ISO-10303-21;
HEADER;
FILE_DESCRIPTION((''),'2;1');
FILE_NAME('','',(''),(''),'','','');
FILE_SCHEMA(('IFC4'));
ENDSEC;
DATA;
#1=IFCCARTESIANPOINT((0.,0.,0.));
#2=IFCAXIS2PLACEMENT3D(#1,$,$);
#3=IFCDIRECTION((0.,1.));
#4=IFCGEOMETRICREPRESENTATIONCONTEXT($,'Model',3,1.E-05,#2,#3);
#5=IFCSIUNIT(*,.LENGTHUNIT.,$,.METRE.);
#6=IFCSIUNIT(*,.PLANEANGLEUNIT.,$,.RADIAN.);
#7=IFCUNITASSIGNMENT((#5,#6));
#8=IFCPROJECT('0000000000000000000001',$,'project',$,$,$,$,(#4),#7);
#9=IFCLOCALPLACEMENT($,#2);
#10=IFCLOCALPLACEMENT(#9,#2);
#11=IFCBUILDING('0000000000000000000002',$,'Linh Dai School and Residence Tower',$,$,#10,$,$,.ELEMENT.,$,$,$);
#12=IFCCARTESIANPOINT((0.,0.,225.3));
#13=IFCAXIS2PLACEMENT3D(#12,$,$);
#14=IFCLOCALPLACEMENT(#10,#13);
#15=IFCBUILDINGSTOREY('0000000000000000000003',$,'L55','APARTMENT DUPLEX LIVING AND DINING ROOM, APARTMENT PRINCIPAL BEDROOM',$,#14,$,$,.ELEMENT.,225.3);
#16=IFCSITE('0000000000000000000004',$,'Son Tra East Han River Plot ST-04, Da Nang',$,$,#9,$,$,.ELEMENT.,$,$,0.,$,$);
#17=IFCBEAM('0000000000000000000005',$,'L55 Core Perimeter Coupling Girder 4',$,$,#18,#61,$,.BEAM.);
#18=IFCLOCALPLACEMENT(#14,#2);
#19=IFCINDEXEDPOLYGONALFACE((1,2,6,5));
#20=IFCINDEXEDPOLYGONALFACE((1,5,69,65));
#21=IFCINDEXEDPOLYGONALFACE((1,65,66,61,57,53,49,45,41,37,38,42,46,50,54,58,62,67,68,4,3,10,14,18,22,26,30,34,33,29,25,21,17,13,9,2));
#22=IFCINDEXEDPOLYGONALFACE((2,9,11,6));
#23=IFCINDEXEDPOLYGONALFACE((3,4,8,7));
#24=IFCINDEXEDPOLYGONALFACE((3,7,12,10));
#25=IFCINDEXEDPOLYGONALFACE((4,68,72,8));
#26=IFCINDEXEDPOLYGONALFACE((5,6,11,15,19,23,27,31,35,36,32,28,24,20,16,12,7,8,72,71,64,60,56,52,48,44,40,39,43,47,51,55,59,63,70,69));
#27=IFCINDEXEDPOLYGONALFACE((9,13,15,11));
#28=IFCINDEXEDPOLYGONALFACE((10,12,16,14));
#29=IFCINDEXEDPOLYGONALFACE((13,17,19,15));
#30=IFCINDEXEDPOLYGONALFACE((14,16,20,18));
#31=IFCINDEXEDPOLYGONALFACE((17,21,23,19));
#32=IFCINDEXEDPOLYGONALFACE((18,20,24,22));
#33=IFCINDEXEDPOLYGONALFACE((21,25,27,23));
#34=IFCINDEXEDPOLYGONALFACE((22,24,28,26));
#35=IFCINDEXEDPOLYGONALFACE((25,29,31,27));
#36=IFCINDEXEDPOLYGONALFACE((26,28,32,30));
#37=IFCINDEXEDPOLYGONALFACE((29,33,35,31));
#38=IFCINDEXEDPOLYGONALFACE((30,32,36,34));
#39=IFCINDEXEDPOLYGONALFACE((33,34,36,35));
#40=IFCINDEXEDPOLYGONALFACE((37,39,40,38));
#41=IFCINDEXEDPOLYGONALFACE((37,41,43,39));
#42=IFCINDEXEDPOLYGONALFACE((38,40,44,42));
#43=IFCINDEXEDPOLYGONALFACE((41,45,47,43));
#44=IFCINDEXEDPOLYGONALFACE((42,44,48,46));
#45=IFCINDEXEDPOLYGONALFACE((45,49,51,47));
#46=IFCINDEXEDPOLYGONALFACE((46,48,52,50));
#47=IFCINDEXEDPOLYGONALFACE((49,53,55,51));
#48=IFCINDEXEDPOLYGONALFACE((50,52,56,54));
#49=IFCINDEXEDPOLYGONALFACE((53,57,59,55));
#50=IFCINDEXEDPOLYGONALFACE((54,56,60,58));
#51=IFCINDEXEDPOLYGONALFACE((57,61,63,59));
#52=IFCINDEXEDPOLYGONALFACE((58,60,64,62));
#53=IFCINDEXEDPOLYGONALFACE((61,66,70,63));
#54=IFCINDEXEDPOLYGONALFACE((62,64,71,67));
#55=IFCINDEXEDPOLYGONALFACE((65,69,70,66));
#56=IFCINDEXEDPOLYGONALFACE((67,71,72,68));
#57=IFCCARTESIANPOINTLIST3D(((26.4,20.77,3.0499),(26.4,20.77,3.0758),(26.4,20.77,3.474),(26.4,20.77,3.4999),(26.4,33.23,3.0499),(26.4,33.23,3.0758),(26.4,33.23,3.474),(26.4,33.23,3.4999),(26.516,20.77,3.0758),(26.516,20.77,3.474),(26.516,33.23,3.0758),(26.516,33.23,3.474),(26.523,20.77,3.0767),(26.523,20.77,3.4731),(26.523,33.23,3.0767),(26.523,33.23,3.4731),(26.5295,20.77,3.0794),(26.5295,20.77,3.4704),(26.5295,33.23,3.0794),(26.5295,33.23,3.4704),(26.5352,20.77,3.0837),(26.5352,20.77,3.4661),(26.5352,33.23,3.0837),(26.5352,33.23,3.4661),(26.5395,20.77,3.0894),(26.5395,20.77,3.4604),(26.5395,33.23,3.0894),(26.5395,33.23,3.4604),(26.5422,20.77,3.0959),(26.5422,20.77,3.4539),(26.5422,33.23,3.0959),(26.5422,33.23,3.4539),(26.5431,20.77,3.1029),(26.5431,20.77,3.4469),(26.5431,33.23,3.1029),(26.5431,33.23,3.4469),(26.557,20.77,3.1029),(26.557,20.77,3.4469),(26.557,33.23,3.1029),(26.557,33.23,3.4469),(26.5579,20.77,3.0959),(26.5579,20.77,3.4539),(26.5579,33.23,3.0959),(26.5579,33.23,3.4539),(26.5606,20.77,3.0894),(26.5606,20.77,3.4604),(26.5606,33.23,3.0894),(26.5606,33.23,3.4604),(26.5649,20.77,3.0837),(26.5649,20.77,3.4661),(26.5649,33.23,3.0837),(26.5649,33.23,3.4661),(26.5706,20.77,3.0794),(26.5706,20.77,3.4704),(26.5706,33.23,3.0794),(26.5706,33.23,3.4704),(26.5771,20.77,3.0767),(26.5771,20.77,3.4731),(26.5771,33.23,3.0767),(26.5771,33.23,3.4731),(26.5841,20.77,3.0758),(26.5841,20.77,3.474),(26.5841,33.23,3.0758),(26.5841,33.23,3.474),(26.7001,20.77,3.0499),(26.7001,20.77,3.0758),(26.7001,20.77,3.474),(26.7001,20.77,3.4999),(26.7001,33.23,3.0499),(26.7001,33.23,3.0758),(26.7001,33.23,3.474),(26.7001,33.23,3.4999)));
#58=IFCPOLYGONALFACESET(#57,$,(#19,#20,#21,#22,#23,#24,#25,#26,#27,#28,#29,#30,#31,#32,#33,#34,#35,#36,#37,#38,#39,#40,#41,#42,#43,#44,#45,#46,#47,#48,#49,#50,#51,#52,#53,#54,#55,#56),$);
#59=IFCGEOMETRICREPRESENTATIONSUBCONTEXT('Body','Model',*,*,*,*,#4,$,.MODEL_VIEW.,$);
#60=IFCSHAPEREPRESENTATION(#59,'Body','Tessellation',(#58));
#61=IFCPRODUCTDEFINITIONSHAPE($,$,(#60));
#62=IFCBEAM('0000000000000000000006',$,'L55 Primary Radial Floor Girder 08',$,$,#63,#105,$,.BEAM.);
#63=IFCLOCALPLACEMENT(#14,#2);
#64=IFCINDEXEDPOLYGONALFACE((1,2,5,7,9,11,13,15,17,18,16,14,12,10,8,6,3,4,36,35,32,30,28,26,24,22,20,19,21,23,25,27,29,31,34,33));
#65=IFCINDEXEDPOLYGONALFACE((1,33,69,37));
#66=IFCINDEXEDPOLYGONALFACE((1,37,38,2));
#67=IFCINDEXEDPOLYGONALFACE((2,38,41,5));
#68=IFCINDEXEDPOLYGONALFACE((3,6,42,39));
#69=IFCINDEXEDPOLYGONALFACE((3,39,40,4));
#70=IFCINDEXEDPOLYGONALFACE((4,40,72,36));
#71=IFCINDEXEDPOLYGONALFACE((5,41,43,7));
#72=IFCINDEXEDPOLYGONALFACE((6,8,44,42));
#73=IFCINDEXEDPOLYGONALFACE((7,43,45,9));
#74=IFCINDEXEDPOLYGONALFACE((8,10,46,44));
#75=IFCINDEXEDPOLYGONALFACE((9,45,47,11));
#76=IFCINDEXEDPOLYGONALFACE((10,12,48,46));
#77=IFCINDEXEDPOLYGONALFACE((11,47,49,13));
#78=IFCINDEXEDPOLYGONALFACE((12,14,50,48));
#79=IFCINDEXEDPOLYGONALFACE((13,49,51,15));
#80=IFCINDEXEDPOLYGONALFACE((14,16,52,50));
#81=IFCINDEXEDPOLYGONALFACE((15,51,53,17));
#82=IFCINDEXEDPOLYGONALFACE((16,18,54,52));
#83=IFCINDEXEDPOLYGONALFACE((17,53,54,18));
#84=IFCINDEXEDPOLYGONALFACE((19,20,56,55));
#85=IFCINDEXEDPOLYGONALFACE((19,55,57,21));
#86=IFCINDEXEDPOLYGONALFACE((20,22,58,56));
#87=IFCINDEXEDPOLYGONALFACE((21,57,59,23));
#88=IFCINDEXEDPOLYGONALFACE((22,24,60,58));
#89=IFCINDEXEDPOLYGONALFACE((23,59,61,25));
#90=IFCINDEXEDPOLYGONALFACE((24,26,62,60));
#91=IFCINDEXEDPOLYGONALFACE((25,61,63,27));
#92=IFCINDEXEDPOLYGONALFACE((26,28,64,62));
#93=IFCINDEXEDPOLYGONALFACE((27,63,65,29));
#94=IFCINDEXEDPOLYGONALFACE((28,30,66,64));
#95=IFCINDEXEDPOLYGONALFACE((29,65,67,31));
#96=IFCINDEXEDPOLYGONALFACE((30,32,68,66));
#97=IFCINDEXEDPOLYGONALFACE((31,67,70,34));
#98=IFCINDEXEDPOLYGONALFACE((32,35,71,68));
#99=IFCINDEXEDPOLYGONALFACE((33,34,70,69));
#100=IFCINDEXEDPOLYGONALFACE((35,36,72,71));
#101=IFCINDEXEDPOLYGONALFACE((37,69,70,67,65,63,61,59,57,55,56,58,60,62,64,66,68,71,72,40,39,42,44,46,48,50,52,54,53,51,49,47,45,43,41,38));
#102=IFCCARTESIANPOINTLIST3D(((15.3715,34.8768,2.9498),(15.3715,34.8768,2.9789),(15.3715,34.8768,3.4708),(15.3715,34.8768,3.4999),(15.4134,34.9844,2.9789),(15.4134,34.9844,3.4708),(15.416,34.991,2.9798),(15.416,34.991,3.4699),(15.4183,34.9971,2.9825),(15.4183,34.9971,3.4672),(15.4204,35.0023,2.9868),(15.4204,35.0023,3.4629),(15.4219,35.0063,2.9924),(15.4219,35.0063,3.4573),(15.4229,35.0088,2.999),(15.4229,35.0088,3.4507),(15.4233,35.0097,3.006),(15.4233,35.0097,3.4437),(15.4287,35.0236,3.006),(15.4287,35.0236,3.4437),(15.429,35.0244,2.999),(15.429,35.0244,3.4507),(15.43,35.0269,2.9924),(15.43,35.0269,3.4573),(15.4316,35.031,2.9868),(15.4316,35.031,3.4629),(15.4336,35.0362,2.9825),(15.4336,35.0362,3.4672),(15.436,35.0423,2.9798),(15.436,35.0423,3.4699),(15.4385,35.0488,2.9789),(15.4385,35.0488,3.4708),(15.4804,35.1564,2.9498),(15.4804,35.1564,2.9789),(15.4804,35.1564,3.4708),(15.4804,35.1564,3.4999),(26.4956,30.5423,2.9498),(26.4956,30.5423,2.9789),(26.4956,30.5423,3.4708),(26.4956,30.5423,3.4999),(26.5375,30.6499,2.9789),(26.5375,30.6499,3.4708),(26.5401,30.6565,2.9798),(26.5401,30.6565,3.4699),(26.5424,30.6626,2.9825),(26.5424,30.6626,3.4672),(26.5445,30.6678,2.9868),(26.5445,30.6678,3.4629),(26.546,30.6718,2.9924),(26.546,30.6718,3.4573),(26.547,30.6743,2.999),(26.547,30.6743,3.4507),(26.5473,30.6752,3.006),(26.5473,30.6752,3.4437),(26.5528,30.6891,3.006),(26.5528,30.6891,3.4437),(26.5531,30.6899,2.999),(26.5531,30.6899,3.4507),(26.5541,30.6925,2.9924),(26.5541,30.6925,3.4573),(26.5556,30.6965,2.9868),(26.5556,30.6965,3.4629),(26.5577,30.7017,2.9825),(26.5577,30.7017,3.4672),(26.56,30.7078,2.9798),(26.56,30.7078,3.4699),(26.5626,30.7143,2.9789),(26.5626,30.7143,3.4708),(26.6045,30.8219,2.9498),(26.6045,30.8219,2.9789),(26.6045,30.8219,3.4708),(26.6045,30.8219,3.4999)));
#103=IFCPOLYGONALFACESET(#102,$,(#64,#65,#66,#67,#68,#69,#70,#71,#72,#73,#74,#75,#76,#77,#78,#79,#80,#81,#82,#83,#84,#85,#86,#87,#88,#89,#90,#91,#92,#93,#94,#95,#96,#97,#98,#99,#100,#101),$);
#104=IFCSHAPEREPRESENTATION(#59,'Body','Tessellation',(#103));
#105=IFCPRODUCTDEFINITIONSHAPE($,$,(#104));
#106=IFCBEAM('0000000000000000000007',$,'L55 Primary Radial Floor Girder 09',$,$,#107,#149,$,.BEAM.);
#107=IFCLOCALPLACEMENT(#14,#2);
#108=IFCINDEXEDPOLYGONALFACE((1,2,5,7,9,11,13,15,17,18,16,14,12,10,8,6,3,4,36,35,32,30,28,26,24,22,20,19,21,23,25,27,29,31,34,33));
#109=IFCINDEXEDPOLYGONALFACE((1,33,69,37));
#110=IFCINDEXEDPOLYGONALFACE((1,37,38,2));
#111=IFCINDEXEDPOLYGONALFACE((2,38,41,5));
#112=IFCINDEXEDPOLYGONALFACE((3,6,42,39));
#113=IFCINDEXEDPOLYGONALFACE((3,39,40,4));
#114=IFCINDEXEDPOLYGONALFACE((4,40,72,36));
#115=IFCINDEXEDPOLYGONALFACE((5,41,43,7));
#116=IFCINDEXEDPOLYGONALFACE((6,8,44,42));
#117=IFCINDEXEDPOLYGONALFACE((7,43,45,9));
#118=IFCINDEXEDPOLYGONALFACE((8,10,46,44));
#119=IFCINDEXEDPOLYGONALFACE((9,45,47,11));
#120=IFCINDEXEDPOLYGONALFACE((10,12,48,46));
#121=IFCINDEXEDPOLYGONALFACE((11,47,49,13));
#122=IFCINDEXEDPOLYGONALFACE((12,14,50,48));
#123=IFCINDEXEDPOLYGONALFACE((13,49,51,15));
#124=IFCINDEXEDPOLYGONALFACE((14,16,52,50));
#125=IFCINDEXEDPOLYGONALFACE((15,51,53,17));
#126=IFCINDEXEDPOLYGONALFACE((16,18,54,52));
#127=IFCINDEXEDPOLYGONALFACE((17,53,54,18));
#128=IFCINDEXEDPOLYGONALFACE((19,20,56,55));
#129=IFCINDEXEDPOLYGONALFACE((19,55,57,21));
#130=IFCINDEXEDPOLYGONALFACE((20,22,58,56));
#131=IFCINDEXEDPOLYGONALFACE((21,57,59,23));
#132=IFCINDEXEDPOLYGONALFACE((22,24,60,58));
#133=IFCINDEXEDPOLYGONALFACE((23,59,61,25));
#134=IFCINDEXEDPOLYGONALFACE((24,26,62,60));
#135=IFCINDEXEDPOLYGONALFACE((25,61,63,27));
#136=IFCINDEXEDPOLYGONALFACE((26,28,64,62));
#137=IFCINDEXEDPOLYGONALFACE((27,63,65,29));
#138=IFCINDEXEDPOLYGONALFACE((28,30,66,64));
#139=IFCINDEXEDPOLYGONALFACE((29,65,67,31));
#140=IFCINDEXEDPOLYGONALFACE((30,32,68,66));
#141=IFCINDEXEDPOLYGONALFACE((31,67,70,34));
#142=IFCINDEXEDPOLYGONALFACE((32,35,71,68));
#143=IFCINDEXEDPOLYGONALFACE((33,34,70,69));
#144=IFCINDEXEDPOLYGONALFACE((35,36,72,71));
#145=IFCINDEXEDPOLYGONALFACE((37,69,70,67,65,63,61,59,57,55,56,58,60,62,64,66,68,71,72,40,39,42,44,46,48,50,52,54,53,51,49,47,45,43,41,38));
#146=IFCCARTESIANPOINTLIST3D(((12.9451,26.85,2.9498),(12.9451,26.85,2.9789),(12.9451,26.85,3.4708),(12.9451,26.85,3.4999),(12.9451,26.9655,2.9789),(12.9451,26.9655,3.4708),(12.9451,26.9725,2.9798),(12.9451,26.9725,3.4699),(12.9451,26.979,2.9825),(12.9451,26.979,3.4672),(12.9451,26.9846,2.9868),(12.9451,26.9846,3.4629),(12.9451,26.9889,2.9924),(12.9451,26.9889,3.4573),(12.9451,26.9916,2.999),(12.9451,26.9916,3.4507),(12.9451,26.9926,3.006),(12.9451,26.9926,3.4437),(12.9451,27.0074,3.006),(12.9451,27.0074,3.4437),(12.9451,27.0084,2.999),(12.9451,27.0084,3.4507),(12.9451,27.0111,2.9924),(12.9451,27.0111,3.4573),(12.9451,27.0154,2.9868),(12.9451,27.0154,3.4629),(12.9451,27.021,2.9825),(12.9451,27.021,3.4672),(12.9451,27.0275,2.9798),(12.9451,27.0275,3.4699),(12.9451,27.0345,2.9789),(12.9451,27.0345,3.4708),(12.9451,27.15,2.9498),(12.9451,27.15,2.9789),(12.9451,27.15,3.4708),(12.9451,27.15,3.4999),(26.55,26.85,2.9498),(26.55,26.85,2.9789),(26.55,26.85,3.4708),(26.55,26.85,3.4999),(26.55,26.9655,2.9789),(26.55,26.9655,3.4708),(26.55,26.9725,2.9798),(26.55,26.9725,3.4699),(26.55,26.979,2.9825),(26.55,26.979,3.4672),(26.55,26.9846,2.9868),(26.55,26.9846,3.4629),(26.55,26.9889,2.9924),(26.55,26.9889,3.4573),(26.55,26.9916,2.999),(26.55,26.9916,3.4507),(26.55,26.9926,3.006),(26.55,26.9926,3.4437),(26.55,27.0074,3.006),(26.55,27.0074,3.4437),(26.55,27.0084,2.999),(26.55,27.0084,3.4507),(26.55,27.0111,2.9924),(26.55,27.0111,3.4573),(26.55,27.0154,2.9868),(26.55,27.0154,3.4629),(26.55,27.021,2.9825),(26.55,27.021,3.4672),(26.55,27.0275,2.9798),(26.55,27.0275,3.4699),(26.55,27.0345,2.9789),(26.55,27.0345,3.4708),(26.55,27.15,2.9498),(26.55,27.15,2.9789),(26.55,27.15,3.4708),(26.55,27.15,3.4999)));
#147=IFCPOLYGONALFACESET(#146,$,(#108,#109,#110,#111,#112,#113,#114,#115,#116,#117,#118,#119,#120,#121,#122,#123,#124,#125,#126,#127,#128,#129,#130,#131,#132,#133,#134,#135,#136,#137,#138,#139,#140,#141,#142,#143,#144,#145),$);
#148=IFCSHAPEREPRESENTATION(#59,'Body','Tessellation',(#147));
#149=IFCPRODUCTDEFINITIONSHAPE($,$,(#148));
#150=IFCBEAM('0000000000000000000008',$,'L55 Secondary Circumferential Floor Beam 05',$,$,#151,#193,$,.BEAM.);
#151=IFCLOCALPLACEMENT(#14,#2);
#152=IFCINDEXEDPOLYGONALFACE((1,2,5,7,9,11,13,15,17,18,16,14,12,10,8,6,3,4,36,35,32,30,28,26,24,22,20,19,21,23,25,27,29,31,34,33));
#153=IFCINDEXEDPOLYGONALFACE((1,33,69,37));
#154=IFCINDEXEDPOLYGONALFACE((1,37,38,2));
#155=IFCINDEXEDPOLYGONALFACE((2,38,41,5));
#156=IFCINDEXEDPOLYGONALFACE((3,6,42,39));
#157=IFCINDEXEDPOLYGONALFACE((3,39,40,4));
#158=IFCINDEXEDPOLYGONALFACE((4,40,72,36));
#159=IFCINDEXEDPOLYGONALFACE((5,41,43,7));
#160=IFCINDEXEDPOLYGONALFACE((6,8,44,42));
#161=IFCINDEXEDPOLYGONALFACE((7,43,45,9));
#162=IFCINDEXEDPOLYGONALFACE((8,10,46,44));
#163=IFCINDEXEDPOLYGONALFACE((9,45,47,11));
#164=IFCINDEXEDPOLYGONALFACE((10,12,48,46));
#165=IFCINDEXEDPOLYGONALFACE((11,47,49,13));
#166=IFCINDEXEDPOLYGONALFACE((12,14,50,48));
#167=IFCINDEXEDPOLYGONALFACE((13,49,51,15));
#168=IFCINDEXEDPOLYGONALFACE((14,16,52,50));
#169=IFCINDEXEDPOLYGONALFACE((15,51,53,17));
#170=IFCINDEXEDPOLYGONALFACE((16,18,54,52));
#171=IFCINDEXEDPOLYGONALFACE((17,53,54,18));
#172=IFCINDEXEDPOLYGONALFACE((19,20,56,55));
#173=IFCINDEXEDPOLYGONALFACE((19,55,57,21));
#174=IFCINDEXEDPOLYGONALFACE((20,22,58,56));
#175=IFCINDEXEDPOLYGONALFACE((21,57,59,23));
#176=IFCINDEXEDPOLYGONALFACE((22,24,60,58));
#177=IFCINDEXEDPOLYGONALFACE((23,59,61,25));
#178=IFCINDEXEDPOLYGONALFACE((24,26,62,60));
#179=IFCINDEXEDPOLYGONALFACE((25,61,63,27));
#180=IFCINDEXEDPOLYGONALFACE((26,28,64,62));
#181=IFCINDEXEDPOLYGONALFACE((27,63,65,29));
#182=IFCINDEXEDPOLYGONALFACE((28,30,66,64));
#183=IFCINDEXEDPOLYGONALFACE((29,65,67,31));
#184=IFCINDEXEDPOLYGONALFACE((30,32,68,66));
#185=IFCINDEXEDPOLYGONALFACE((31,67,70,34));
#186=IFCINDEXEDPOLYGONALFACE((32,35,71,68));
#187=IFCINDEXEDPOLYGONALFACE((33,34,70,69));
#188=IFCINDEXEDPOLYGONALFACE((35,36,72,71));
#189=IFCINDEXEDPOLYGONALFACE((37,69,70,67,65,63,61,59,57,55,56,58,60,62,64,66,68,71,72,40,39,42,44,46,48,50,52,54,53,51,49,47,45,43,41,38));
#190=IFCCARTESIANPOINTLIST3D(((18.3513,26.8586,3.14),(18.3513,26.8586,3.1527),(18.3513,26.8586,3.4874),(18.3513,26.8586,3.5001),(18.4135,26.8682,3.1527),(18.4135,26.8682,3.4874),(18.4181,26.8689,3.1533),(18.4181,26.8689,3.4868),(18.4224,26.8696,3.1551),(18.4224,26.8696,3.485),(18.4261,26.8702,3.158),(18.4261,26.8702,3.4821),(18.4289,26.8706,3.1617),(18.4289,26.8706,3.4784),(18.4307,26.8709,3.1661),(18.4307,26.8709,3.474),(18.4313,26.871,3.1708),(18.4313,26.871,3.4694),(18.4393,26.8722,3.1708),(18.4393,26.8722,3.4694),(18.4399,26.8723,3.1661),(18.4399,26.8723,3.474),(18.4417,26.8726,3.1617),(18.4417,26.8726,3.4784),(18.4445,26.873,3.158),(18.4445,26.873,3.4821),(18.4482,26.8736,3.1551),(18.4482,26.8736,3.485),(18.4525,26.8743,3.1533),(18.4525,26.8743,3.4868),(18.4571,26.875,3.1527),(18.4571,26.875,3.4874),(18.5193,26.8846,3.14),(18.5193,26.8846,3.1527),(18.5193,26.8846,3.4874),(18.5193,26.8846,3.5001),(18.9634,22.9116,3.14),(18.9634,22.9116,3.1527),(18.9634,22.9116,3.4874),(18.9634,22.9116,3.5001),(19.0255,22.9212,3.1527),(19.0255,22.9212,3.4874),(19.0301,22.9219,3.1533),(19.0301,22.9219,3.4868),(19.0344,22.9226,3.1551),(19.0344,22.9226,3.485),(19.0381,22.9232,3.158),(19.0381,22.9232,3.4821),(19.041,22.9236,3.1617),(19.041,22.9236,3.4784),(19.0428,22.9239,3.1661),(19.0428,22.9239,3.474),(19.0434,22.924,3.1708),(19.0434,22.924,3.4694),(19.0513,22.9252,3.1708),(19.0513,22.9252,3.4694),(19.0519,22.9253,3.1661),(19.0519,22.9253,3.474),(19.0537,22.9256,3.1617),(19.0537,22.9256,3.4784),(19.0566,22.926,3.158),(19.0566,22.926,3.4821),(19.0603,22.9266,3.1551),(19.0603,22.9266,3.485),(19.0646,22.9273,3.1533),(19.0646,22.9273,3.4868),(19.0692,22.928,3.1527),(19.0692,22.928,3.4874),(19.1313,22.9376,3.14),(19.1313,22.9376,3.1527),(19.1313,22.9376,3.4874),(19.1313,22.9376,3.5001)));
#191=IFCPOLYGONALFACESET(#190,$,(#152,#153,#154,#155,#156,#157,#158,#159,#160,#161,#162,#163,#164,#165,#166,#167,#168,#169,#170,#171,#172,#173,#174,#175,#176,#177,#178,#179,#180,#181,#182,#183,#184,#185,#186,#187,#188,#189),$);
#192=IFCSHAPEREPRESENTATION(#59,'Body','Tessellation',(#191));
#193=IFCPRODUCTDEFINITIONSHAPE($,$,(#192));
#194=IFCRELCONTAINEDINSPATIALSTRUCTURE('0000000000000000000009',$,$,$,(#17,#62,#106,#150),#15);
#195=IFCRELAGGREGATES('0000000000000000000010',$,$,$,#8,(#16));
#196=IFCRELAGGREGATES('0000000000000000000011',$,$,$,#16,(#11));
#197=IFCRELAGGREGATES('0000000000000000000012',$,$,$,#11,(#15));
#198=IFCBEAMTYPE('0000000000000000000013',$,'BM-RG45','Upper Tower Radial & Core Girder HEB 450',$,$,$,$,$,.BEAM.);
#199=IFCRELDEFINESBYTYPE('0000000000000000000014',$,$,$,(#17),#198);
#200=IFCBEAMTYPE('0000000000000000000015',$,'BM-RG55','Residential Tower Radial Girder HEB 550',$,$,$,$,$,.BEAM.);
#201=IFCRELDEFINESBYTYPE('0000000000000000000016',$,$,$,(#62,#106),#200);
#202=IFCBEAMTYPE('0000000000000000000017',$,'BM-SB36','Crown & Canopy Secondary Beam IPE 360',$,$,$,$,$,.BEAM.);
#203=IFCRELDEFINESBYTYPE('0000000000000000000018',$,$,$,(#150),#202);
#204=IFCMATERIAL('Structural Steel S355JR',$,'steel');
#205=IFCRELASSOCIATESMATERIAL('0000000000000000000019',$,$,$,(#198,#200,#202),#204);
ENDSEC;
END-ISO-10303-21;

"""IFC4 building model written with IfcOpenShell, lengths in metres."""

from ifc_helpers import new_model, si_unit, direction, frame, origin, origin_2d, place, context, subcontext, project, spatial, i_section, extrude, material, material_profile, profile_set, type_object, element, save


model = new_model("IFC4")

# Units and contexts
model_context = context("Model", 3, precision=1e-05, world=origin(), true_north=direction((0.0, 1.0)))
body_context = subcontext(model_context, "Body", "Model", "MODEL_VIEW")
ifc_project = project(units=[si_unit("LENGTHUNIT", "METRE"), si_unit("PLANEANGLEUNIT", "RADIAN")], contexts=[model_context])

# Site, building, storey
site_placement = place(None, origin())
site = spatial("IfcSite", under=ifc_project, at=site_placement, Name="Son Tra East Han River Plot ST-04, Da Nang", CompositionType="ELEMENT", RefElevation=0.0)
building_placement = place(site_placement, origin())
building = spatial("IfcBuilding", under=site, at=building_placement, Name="Linh Dai School and Residence Tower", CompositionType="ELEMENT")
storey_placement = place(building_placement, frame((0.0, 0.0, 225.3)))
storey = spatial("IfcBuildingStorey", under=building, at=storey_placement, Name="L55", Description="APARTMENT DUPLEX LIVING AND DINING ROOM, APARTMENT PRINCIPAL BEDROOM", CompositionType="ELEMENT", Elevation=225.3)

# Shared definitions
ifc_material_1 = material(Name="Structural Steel S355JR", Category="steel")

# Beams
ifc_material_profile_1 = material_profile(ifc_material_1, i_section(OverallWidth=0.3, OverallDepth=0.45, WebThickness=0.0139, FlangeThickness=0.0259, FilletRadius=0.0271, at=origin_2d()), Name="HEB 450")
ifc_profile_set_1 = profile_set([ifc_material_profile_1], Name="Structural Steel S355JR")
beam_type_1 = type_object("IfcBeamType", Name="BM-RG45", Description="Upper Tower Radial & Core Girder HEB 450", PredefinedType="BEAM", material=ifc_profile_set_1)
beam_1_placement = place(storey_placement, frame((26.55, 33.23, 3.2749), z_axis=(0.0, -1.0, 0.0), x_axis=(1.0, 0.0, 0.0)))
element("IfcBeam", 1, at=beam_1_placement, inside=storey, type_object=beam_type_1, Name="L55 Core Perimeter Coupling Girder 4", PredefinedType="BEAM", context=body_context, shape_type="SweptSolid", body=[
    extrude(i_section(OverallWidth=0.3, OverallDepth=0.45, WebThickness=0.0139, FlangeThickness=0.0259, FilletRadius=0.0271, at=origin_2d()), origin(), (0.0, 0.0, 1.0), 12.46),
])
ifc_material_profile_2 = material_profile(ifc_material_1, i_section(OverallWidth=0.3, OverallDepth=0.55, WebThickness=0.0149, FlangeThickness=0.0291, FilletRadius=0.0271, at=origin_2d()), Name="HEB 550")
ifc_profile_set_2 = profile_set([ifc_material_profile_2], Name="Structural Steel S355JR")
beam_type_2 = type_object("IfcBeamType", Name="BM-RG55", Description="Residential Tower Radial Girder HEB 550", PredefinedType="BEAM", material=ifc_profile_set_2)
beam_2_placement = place(storey_placement, frame((26.55, 30.6821, 3.2249), z_axis=(-0.931765, 0.363062, 0.0), x_axis=(-0.363062, -0.931765, 0.0)))
element("IfcBeam", 2, at=beam_2_placement, inside=storey, type_object=beam_type_2, Name="L55 Primary Radial Floor Girder 08", PredefinedType="BEAM", context=body_context, shape_type="SweptSolid", body=[
    extrude(i_section(OverallWidth=0.3, OverallDepth=0.55, WebThickness=0.0149, FlangeThickness=0.0291, FilletRadius=0.0271, at=origin_2d()), origin(), (0.0, 0.0, 1.0), 11.9387),
])
beam_3_placement = place(storey_placement, frame((26.55, 27.0, 3.2249), z_axis=(-1.0, 0.0, 0.0), x_axis=(0.0, -1.0, 0.0)))
element("IfcBeam", 3, at=beam_3_placement, inside=storey, type_object=beam_type_2, Name="L55 Primary Radial Floor Girder 09", PredefinedType="BEAM", context=body_context, shape_type="SweptSolid", body=[
    extrude(i_section(OverallWidth=0.3, OverallDepth=0.55, WebThickness=0.0149, FlangeThickness=0.0291, FilletRadius=0.0271, at=origin_2d()), origin(), (0.0, 0.0, 1.0), 13.605),
])
ifc_material_profile_3 = material_profile(ifc_material_1, i_section(OverallWidth=0.1699, OverallDepth=0.3601, WebThickness=0.0081, FlangeThickness=0.0127, FilletRadius=0.0181, at=origin_2d()), Name="IPE 360")
ifc_profile_set_3 = profile_set([ifc_material_profile_3], Name="Structural Steel S355JR")
beam_type_3 = type_object("IfcBeamType", Name="BM-SB36", Description="Crown & Canopy Secondary Beam IPE 360", PredefinedType="BEAM", material=ifc_profile_set_3)
beam_4_placement = place(storey_placement, frame((18.4353, 26.8716, 3.3201), z_axis=(0.153238, -0.988189, 0.0), x_axis=(0.988189, 0.153238, 0.0)))
element("IfcBeam", 4, at=beam_4_placement, inside=storey, type_object=beam_type_3, Name="L55 Secondary Circumferential Floor Beam 05", PredefinedType="BEAM", context=body_context, shape_type="SweptSolid", body=[
    extrude(i_section(OverallWidth=0.1699, OverallDepth=0.3601, WebThickness=0.0081, FlangeThickness=0.0127, FilletRadius=0.0181, at=origin_2d()), origin(), (0.0, 0.0, 1.0), 3.9941),
])

save(model, "model.ifc")
